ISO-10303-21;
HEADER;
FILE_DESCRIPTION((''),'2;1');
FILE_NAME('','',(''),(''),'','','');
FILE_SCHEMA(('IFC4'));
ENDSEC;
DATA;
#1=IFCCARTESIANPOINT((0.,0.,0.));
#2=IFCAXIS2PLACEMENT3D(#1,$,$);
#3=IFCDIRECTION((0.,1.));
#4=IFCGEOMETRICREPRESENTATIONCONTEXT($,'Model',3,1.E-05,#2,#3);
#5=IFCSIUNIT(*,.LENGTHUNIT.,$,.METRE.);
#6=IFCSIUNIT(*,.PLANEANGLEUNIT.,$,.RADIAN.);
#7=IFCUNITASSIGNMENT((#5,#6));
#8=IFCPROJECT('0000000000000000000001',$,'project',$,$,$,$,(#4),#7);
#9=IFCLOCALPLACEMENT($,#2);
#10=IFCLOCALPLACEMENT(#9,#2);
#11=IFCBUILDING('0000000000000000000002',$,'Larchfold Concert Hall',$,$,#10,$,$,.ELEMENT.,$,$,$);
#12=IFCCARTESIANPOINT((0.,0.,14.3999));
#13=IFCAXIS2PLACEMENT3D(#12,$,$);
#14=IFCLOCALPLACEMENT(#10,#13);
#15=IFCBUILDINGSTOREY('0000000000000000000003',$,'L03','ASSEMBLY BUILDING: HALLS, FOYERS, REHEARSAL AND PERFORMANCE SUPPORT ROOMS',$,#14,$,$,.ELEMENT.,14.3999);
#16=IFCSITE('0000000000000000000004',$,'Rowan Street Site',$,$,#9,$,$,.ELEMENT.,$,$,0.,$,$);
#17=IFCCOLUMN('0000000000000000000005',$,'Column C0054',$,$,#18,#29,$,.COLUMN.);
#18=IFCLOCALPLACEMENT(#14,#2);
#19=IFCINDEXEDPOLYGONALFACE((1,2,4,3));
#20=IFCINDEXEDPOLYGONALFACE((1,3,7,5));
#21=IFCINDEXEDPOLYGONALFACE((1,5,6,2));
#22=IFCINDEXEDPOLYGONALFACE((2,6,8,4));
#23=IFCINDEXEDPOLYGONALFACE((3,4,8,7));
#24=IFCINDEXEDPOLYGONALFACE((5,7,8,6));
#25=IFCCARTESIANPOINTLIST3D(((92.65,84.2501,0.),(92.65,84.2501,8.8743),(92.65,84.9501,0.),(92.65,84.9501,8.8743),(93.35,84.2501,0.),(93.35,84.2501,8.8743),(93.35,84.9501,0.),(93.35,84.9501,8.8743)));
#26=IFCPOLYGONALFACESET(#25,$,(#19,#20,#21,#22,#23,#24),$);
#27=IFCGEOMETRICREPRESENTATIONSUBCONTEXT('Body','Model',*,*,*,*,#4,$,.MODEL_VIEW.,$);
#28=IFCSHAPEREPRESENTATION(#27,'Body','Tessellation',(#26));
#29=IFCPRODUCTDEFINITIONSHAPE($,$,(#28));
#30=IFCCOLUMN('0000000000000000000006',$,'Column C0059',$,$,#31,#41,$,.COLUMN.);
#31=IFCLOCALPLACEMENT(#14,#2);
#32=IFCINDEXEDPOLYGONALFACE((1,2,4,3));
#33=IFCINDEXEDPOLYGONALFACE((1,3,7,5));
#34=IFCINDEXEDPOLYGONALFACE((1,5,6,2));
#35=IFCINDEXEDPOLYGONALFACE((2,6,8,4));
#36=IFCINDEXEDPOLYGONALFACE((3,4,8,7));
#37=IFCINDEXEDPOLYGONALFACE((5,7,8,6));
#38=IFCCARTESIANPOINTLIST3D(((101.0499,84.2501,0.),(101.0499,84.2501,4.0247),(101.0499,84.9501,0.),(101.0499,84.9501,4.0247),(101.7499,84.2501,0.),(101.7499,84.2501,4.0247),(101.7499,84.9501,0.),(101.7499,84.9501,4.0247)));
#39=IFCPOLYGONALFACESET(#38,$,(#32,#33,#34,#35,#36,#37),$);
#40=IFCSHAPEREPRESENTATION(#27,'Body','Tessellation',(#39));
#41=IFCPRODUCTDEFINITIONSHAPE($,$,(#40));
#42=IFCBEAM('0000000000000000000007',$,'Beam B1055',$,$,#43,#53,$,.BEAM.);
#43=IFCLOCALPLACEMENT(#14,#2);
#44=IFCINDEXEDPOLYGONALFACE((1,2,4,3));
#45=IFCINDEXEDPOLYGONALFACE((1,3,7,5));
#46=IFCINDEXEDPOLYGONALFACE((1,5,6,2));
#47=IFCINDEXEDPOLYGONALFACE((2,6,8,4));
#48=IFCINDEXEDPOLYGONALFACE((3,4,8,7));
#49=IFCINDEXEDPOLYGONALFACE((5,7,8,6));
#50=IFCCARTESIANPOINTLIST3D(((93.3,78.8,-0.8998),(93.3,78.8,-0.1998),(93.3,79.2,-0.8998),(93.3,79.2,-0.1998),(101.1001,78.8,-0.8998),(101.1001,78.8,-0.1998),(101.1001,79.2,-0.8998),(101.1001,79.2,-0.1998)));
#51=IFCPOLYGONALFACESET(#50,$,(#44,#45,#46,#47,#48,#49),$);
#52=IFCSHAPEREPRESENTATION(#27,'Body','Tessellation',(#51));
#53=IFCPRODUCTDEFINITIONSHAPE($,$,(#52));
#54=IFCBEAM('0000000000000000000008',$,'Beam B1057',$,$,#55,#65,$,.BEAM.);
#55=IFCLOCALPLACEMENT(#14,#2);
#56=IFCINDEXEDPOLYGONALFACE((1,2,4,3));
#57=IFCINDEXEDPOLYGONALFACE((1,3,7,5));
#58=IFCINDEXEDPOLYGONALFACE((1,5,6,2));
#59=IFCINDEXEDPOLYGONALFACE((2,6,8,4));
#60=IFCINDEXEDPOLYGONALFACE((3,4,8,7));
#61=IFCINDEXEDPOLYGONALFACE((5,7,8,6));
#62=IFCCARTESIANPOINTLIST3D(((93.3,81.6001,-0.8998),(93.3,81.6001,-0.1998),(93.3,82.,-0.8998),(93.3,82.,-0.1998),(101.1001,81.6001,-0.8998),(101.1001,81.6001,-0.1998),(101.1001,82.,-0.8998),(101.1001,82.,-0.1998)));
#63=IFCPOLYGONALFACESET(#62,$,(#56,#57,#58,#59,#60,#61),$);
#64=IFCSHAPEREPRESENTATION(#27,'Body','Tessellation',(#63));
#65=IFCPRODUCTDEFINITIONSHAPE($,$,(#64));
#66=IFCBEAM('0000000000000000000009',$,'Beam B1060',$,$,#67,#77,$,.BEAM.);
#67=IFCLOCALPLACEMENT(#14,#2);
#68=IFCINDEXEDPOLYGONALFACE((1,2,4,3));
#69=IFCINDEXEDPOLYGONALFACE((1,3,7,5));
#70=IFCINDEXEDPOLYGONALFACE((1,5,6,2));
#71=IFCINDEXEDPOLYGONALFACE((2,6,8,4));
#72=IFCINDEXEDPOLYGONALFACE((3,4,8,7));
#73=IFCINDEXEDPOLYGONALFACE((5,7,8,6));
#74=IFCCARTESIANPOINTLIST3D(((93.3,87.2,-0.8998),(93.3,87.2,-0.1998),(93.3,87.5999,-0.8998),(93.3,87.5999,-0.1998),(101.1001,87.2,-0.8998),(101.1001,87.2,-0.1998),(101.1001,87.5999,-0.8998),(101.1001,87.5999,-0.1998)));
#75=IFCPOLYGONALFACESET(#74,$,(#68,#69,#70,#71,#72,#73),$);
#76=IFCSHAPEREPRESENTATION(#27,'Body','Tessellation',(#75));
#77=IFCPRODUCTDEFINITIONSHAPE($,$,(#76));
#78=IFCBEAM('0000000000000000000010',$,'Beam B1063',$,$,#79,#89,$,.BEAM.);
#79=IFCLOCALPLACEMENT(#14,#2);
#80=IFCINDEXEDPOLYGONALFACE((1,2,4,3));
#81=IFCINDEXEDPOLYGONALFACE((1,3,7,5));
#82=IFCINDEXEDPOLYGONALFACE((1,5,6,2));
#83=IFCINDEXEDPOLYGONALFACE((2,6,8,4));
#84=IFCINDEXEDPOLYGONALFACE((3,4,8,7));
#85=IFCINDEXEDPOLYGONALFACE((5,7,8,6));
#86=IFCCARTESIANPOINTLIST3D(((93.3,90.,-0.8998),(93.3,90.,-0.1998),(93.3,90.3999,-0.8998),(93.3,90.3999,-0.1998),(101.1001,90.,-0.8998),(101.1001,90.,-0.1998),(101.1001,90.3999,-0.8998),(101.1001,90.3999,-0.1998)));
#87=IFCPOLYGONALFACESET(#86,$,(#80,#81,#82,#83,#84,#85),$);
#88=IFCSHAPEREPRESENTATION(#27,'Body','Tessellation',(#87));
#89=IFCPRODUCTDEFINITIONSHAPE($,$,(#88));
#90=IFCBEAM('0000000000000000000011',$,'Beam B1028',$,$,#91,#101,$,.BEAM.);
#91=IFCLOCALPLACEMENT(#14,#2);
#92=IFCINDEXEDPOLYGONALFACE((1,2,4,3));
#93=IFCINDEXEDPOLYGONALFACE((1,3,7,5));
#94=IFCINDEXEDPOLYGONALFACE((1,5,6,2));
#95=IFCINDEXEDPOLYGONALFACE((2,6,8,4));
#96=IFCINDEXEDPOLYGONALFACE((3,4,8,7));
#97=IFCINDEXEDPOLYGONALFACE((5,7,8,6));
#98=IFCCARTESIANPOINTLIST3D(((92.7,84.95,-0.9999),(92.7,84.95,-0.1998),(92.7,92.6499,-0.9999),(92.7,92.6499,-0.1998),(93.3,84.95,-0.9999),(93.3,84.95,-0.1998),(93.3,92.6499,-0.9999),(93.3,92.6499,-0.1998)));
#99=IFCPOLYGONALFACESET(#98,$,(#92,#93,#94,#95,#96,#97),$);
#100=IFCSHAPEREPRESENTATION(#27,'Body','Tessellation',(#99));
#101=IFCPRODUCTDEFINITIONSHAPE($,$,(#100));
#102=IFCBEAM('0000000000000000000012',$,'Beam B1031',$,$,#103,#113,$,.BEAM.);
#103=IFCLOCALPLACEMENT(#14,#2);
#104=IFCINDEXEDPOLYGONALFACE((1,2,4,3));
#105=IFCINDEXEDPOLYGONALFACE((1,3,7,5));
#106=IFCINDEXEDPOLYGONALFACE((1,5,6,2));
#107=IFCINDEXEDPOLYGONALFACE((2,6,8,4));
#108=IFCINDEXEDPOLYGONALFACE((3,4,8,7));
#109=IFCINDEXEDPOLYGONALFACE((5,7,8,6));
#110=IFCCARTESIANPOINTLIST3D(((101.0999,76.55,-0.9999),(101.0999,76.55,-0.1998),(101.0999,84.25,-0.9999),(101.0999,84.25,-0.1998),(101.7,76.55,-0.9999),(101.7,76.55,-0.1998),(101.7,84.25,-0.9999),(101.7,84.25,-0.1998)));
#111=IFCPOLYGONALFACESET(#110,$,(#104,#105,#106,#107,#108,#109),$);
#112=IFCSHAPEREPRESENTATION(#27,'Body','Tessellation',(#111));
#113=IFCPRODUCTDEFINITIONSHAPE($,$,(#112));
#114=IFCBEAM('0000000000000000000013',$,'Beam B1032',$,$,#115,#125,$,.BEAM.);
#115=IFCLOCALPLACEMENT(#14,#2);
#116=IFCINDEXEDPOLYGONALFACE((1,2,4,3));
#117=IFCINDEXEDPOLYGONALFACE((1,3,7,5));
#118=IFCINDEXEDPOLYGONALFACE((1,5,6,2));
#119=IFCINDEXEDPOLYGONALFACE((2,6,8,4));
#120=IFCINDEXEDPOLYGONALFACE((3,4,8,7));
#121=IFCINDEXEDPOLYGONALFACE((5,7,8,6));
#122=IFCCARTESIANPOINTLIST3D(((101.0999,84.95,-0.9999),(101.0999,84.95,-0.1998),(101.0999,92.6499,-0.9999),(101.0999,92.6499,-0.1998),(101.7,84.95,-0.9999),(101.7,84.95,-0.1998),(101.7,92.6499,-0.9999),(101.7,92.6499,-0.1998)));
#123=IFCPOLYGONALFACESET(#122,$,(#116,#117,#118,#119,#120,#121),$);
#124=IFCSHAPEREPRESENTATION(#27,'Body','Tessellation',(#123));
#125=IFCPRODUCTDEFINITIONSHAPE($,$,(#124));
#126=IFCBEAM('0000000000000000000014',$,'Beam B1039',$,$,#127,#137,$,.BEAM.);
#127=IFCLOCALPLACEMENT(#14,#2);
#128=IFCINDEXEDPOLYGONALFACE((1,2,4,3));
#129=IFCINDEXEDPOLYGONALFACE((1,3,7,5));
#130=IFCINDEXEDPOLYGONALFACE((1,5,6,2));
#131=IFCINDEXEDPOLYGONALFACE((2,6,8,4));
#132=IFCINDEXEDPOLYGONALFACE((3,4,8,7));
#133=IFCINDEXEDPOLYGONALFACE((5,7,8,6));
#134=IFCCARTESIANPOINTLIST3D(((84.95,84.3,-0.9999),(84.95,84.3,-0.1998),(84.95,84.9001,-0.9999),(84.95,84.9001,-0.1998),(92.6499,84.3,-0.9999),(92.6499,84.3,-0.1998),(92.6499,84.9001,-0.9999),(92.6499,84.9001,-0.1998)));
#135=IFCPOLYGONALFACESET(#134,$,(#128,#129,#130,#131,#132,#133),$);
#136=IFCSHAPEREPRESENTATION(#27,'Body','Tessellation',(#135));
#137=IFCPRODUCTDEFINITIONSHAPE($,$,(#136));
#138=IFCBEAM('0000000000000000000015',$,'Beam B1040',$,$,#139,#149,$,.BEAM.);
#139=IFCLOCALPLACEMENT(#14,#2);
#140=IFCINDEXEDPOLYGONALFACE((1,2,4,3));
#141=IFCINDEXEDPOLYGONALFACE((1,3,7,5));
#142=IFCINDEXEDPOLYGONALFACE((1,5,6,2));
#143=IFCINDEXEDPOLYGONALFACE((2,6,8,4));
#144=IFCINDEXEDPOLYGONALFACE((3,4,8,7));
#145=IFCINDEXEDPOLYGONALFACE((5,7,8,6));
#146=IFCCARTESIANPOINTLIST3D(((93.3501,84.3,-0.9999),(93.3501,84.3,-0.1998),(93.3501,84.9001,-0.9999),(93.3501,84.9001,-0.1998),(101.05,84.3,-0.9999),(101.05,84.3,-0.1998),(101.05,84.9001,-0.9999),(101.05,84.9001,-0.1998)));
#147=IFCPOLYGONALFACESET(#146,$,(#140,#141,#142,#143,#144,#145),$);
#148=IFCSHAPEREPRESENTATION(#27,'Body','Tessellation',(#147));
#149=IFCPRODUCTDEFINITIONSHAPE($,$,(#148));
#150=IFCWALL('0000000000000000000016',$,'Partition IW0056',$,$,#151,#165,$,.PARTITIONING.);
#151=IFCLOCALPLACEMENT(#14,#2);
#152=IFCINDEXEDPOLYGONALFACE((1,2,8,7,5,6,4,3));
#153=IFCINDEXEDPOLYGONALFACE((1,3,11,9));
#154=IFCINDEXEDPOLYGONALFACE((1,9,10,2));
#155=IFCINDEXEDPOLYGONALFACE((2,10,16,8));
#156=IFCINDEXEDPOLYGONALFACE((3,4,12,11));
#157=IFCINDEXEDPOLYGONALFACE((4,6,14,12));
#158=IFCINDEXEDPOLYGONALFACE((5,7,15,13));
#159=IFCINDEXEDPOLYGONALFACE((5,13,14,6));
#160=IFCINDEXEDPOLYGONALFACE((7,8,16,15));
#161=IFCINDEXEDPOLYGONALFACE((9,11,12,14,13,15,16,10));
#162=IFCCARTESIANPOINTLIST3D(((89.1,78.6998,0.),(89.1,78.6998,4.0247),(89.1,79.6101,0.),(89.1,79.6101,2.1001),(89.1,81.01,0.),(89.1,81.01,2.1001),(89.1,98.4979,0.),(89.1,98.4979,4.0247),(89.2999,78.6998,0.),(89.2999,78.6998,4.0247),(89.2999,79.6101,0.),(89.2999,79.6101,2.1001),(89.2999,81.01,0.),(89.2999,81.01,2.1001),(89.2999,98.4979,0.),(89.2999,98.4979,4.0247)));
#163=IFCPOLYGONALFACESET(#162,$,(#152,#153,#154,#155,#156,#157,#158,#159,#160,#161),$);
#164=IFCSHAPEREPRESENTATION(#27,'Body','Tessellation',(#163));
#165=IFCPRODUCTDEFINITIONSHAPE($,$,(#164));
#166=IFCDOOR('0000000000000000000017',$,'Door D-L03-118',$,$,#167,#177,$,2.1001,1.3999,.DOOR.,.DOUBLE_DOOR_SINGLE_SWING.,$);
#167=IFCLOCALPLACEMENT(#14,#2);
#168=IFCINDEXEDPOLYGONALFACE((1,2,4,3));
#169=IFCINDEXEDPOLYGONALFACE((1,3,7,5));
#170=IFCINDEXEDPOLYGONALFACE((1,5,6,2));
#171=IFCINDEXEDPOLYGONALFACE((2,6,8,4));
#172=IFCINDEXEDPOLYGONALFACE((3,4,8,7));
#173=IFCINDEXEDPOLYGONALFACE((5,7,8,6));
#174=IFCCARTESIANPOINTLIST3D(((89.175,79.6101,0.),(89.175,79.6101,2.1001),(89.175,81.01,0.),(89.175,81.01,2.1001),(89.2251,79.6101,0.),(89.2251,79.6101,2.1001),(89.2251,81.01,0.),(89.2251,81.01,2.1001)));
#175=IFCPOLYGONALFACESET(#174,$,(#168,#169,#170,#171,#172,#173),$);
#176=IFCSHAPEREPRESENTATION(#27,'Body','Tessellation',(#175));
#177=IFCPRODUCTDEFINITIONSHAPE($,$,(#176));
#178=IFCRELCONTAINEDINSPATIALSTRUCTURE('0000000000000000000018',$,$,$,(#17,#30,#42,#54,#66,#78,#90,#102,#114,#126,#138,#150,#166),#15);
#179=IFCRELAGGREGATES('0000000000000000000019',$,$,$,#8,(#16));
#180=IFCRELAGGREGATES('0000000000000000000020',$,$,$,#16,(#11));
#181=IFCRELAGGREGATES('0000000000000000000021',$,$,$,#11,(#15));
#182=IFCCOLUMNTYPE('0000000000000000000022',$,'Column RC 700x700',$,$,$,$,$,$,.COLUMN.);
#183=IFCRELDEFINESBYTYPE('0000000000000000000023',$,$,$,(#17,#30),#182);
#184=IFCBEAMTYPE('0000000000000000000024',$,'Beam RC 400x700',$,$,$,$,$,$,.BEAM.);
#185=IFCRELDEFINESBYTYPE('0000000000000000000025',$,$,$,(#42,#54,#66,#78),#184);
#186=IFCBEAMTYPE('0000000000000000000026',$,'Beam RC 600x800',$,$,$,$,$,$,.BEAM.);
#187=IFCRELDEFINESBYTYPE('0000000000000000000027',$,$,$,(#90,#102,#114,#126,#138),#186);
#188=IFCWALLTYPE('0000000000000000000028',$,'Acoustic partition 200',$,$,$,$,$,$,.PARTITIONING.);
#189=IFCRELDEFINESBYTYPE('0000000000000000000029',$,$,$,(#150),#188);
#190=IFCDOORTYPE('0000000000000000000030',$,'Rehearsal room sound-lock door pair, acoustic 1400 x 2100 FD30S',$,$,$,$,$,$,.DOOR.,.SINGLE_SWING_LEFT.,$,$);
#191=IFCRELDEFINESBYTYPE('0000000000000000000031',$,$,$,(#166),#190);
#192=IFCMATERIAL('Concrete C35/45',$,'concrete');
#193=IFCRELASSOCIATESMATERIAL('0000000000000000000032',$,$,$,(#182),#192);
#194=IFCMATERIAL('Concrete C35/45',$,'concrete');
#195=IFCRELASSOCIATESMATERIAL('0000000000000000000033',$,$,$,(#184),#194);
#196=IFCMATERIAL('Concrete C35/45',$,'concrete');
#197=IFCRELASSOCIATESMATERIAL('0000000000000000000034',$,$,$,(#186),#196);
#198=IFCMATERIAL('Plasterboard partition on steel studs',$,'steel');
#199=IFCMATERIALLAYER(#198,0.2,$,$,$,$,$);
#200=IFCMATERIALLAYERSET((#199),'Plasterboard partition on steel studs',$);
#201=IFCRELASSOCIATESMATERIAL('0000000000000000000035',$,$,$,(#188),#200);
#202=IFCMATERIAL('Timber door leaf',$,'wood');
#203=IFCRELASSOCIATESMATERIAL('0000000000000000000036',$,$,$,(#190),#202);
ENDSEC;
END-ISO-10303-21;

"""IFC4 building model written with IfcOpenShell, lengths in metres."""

from ifc_helpers import new_model, si_unit, direction, frame, frame_2d, origin, origin_2d, place, context, subcontext, project, spatial, rectangle, extrude, material, layer, layer_set, material_profile, profile_set, type_object, element, fill, save


model = new_model("IFC4")

# Units and contexts
model_context = context("Model", 3, precision=1e-05, world=origin(), true_north=direction((0.0, 1.0)))
body_context = subcontext(model_context, "Body", "Model", "MODEL_VIEW")
ifc_project = project(units=[si_unit("LENGTHUNIT", "METRE"), si_unit("PLANEANGLEUNIT", "RADIAN")], contexts=[model_context])

# Site, building, storey
site_placement = place(None, origin())
site = spatial("IfcSite", under=ifc_project, at=site_placement, Name="Rowan Street Site", CompositionType="ELEMENT", RefElevation=0.0)
building_placement = place(site_placement, origin())
building = spatial("IfcBuilding", under=site, at=building_placement, Name="Larchfold Concert Hall", CompositionType="ELEMENT")
storey_placement = place(building_placement, frame((0.0, 0.0, 14.3999)))
storey = spatial("IfcBuildingStorey", under=building, at=storey_placement, Name="L03", Description="ASSEMBLY BUILDING: HALLS, FOYERS, REHEARSAL AND PERFORMANCE SUPPORT ROOMS", CompositionType="ELEMENT", Elevation=14.3999)

# Columns
ifc_material_1 = material(Name="Concrete C35/45", Category="concrete")
ifc_material_profile_1 = material_profile(ifc_material_1, rectangle(XDim=0.7, YDim=0.7, at=origin_2d()))
ifc_profile_set_1 = profile_set([ifc_material_profile_1], Name="Concrete C35/45")
column_type = type_object("IfcColumnType", Name="Column RC 700x700", PredefinedType="COLUMN", material=ifc_profile_set_1)
column_1_placement = place(storey_placement, frame((93.0, 84.6001, 0.0), z_axis=(0.0, 0.0, 1.0), x_axis=(1.0, 0.0, 0.0)))
element("IfcColumn", 1, at=column_1_placement, inside=storey, type_object=column_type, Name="Column C0054", PredefinedType="COLUMN", context=body_context, shape_type="SweptSolid", body=[
    extrude(rectangle(XDim=0.7, YDim=0.7, at=origin_2d()), origin(), (0.0, 0.0, 1.0), 8.8743),
])
column_2_placement = place(storey_placement, frame((101.3999, 84.6001, 0.0), z_axis=(0.0, 0.0, 1.0), x_axis=(1.0, 0.0, 0.0)))
element("IfcColumn", 2, at=column_2_placement, inside=storey, type_object=column_type, Name="Column C0059", PredefinedType="COLUMN", context=body_context, shape_type="SweptSolid", body=[
    extrude(rectangle(XDim=0.7, YDim=0.7, at=origin_2d()), origin(), (0.0, 0.0, 1.0), 4.0247),
])

# Beams
ifc_material_2 = material(Name="Concrete C35/45", Category="concrete")
ifc_material_profile_2 = material_profile(ifc_material_2, rectangle(XDim=0.3999, YDim=0.7, at=origin_2d()))
ifc_profile_set_2 = profile_set([ifc_material_profile_2], Name="Concrete C35/45")
beam_type_1 = type_object("IfcBeamType", Name="Beam RC 400x700", PredefinedType="BEAM", material=ifc_profile_set_2)
for number, where, z_axis, x_axis, name in (
    (3, (93.3, 79.0, -0.5498), (1.0, 0.0, 0.0), (0.0, 1.0, 0.0), "Beam B1055"),
    (4, (93.3, 81.8, -0.5498), (1.0, 0.0, 0.0), (0.0, 1.0, 0.0), "Beam B1057"),
    (5, (93.3, 87.3999, -0.5498), (1.0, 0.0, 0.0), (0.0, 1.0, 0.0), "Beam B1060"),
    (6, (93.3, 90.2, -0.5498), (1.0, 0.0, 0.0), (0.0, 1.0, 0.0), "Beam B1063"),
):
    element("IfcBeam", number, at=place(storey_placement, frame(where, z_axis=z_axis, x_axis=x_axis)), inside=storey, type_object=beam_type_1, Name=name, PredefinedType="BEAM", context=body_context, shape_type="SweptSolid", body=[
        extrude(rectangle(XDim=0.3999, YDim=0.7, at=origin_2d()), origin(), (0.0, 0.0, 1.0), 7.8),
    ])
ifc_material_3 = material(Name="Concrete C35/45", Category="concrete")
ifc_material_profile_3 = material_profile(ifc_material_3, rectangle(XDim=0.6001, YDim=0.8, at=origin_2d()))
ifc_profile_set_3 = profile_set([ifc_material_profile_3], Name="Concrete C35/45")
beam_type_2 = type_object("IfcBeamType", Name="Beam RC 600x800", PredefinedType="BEAM", material=ifc_profile_set_3)
for number, where, z_axis, x_axis, name in (
    (7, (93.0, 84.95, -0.5999), (0.0, 1.0, 0.0), (-1.0, 0.0, 0.0), "Beam B1028"),
    (8, (101.3999, 76.55, -0.5999), (0.0, 1.0, 0.0), (-1.0, 0.0, 0.0), "Beam B1031"),
    (9, (101.3999, 84.95, -0.5999), (0.0, 1.0, 0.0), (-1.0, 0.0, 0.0), "Beam B1032"),
    (10, (84.95, 84.6001, -0.5999), (1.0, 0.0, 0.0), (0.0, 1.0, 0.0), "Beam B1039"),
    (11, (93.3501, 84.6001, -0.5999), (1.0, 0.0, 0.0), (0.0, 1.0, 0.0), "Beam B1040"),
):
    element("IfcBeam", number, at=place(storey_placement, frame(where, z_axis=z_axis, x_axis=x_axis)), inside=storey, type_object=beam_type_2, Name=name, PredefinedType="BEAM", context=body_context, shape_type="SweptSolid", body=[
        extrude(rectangle(XDim=0.6001, YDim=0.8, at=origin_2d()), origin(), (0.0, 0.0, 1.0), 7.7),
    ])

# Wall, opening, door
ifc_material_4 = material(Name="Plasterboard partition on steel studs", Category="steel")
ifc_layer_1 = layer(ifc_material_4, 0.2)
ifc_layer_set_1 = layer_set([ifc_layer_1], Name="Plasterboard partition on steel studs")
wall_type_1 = type_object("IfcWallType", Name="Acoustic partition 200", PredefinedType="PARTITIONING", material=ifc_layer_set_1)
wall_1_placement = place(storey_placement, frame((89.2, 78.7, 0.0), z_axis=(0.0, 0.0, 1.0), x_axis=(0.0, 1.0, 0.0)))
wall_1 = element("IfcWall", 12, at=wall_1_placement, inside=storey, type_object=wall_type_1, Name="Partition IW0056", PredefinedType="PARTITIONING", context=body_context, shape_type="SweptSolid", body=[
    extrude(rectangle(XDim=19.7981, YDim=0.2, at=frame_2d((9.8989, 0.0))), origin(), (0.0, 0.0, 1.0), 4.0247),
])
opening_1_placement = place(wall_1_placement, frame((0.9102, 0.0, 0.0)))
opening_1 = element("IfcOpeningElement", 13, at=opening_1_placement, cuts=wall_1, PredefinedType="OPENING", context=body_context, shape_type="SweptSolid", body=[
    extrude(rectangle(XDim=1.3999, YDim=2.1001, at=frame_2d((0.7, 1.05))), frame((0.0, 0.1099, 0.0), z_axis=(0.0, -1.0, 0.0), x_axis=(1.0, 0.0, 0.0)), (0.0, 0.0, 1.0), 0.22),
])
ifc_material_5 = material(Name="Timber door leaf", Category="wood")
door_type_1 = type_object("IfcDoorType", Name="Rehearsal room sound-lock door pair, acoustic 1400 x 2100 FD30S", OperationType="SINGLE_SWING_LEFT", PredefinedType="DOOR", material=ifc_material_5)
door_1_placement = place(opening_1_placement, origin())
door_1 = element("IfcDoor", 14, at=door_1_placement, inside=storey, type_object=door_type_1, Name="Door D-L03-118", OperationType="DOUBLE_DOOR_SINGLE_SWING", OverallHeight=2.1001, OverallWidth=1.3999, PredefinedType="DOOR", context=body_context, shape_type="SweptSolid", body=[
    extrude(rectangle(XDim=1.3999, YDim=2.1001, at=frame_2d((0.7, 1.05))), frame((0.0, 0.0249, 0.0), z_axis=(0.0, -1.0, 0.0), x_axis=(1.0, 0.0, 0.0)), (0.0, 0.0, 1.0), 0.05),
])
fill(opening_1, door_1)

save(model, "model.ifc")
